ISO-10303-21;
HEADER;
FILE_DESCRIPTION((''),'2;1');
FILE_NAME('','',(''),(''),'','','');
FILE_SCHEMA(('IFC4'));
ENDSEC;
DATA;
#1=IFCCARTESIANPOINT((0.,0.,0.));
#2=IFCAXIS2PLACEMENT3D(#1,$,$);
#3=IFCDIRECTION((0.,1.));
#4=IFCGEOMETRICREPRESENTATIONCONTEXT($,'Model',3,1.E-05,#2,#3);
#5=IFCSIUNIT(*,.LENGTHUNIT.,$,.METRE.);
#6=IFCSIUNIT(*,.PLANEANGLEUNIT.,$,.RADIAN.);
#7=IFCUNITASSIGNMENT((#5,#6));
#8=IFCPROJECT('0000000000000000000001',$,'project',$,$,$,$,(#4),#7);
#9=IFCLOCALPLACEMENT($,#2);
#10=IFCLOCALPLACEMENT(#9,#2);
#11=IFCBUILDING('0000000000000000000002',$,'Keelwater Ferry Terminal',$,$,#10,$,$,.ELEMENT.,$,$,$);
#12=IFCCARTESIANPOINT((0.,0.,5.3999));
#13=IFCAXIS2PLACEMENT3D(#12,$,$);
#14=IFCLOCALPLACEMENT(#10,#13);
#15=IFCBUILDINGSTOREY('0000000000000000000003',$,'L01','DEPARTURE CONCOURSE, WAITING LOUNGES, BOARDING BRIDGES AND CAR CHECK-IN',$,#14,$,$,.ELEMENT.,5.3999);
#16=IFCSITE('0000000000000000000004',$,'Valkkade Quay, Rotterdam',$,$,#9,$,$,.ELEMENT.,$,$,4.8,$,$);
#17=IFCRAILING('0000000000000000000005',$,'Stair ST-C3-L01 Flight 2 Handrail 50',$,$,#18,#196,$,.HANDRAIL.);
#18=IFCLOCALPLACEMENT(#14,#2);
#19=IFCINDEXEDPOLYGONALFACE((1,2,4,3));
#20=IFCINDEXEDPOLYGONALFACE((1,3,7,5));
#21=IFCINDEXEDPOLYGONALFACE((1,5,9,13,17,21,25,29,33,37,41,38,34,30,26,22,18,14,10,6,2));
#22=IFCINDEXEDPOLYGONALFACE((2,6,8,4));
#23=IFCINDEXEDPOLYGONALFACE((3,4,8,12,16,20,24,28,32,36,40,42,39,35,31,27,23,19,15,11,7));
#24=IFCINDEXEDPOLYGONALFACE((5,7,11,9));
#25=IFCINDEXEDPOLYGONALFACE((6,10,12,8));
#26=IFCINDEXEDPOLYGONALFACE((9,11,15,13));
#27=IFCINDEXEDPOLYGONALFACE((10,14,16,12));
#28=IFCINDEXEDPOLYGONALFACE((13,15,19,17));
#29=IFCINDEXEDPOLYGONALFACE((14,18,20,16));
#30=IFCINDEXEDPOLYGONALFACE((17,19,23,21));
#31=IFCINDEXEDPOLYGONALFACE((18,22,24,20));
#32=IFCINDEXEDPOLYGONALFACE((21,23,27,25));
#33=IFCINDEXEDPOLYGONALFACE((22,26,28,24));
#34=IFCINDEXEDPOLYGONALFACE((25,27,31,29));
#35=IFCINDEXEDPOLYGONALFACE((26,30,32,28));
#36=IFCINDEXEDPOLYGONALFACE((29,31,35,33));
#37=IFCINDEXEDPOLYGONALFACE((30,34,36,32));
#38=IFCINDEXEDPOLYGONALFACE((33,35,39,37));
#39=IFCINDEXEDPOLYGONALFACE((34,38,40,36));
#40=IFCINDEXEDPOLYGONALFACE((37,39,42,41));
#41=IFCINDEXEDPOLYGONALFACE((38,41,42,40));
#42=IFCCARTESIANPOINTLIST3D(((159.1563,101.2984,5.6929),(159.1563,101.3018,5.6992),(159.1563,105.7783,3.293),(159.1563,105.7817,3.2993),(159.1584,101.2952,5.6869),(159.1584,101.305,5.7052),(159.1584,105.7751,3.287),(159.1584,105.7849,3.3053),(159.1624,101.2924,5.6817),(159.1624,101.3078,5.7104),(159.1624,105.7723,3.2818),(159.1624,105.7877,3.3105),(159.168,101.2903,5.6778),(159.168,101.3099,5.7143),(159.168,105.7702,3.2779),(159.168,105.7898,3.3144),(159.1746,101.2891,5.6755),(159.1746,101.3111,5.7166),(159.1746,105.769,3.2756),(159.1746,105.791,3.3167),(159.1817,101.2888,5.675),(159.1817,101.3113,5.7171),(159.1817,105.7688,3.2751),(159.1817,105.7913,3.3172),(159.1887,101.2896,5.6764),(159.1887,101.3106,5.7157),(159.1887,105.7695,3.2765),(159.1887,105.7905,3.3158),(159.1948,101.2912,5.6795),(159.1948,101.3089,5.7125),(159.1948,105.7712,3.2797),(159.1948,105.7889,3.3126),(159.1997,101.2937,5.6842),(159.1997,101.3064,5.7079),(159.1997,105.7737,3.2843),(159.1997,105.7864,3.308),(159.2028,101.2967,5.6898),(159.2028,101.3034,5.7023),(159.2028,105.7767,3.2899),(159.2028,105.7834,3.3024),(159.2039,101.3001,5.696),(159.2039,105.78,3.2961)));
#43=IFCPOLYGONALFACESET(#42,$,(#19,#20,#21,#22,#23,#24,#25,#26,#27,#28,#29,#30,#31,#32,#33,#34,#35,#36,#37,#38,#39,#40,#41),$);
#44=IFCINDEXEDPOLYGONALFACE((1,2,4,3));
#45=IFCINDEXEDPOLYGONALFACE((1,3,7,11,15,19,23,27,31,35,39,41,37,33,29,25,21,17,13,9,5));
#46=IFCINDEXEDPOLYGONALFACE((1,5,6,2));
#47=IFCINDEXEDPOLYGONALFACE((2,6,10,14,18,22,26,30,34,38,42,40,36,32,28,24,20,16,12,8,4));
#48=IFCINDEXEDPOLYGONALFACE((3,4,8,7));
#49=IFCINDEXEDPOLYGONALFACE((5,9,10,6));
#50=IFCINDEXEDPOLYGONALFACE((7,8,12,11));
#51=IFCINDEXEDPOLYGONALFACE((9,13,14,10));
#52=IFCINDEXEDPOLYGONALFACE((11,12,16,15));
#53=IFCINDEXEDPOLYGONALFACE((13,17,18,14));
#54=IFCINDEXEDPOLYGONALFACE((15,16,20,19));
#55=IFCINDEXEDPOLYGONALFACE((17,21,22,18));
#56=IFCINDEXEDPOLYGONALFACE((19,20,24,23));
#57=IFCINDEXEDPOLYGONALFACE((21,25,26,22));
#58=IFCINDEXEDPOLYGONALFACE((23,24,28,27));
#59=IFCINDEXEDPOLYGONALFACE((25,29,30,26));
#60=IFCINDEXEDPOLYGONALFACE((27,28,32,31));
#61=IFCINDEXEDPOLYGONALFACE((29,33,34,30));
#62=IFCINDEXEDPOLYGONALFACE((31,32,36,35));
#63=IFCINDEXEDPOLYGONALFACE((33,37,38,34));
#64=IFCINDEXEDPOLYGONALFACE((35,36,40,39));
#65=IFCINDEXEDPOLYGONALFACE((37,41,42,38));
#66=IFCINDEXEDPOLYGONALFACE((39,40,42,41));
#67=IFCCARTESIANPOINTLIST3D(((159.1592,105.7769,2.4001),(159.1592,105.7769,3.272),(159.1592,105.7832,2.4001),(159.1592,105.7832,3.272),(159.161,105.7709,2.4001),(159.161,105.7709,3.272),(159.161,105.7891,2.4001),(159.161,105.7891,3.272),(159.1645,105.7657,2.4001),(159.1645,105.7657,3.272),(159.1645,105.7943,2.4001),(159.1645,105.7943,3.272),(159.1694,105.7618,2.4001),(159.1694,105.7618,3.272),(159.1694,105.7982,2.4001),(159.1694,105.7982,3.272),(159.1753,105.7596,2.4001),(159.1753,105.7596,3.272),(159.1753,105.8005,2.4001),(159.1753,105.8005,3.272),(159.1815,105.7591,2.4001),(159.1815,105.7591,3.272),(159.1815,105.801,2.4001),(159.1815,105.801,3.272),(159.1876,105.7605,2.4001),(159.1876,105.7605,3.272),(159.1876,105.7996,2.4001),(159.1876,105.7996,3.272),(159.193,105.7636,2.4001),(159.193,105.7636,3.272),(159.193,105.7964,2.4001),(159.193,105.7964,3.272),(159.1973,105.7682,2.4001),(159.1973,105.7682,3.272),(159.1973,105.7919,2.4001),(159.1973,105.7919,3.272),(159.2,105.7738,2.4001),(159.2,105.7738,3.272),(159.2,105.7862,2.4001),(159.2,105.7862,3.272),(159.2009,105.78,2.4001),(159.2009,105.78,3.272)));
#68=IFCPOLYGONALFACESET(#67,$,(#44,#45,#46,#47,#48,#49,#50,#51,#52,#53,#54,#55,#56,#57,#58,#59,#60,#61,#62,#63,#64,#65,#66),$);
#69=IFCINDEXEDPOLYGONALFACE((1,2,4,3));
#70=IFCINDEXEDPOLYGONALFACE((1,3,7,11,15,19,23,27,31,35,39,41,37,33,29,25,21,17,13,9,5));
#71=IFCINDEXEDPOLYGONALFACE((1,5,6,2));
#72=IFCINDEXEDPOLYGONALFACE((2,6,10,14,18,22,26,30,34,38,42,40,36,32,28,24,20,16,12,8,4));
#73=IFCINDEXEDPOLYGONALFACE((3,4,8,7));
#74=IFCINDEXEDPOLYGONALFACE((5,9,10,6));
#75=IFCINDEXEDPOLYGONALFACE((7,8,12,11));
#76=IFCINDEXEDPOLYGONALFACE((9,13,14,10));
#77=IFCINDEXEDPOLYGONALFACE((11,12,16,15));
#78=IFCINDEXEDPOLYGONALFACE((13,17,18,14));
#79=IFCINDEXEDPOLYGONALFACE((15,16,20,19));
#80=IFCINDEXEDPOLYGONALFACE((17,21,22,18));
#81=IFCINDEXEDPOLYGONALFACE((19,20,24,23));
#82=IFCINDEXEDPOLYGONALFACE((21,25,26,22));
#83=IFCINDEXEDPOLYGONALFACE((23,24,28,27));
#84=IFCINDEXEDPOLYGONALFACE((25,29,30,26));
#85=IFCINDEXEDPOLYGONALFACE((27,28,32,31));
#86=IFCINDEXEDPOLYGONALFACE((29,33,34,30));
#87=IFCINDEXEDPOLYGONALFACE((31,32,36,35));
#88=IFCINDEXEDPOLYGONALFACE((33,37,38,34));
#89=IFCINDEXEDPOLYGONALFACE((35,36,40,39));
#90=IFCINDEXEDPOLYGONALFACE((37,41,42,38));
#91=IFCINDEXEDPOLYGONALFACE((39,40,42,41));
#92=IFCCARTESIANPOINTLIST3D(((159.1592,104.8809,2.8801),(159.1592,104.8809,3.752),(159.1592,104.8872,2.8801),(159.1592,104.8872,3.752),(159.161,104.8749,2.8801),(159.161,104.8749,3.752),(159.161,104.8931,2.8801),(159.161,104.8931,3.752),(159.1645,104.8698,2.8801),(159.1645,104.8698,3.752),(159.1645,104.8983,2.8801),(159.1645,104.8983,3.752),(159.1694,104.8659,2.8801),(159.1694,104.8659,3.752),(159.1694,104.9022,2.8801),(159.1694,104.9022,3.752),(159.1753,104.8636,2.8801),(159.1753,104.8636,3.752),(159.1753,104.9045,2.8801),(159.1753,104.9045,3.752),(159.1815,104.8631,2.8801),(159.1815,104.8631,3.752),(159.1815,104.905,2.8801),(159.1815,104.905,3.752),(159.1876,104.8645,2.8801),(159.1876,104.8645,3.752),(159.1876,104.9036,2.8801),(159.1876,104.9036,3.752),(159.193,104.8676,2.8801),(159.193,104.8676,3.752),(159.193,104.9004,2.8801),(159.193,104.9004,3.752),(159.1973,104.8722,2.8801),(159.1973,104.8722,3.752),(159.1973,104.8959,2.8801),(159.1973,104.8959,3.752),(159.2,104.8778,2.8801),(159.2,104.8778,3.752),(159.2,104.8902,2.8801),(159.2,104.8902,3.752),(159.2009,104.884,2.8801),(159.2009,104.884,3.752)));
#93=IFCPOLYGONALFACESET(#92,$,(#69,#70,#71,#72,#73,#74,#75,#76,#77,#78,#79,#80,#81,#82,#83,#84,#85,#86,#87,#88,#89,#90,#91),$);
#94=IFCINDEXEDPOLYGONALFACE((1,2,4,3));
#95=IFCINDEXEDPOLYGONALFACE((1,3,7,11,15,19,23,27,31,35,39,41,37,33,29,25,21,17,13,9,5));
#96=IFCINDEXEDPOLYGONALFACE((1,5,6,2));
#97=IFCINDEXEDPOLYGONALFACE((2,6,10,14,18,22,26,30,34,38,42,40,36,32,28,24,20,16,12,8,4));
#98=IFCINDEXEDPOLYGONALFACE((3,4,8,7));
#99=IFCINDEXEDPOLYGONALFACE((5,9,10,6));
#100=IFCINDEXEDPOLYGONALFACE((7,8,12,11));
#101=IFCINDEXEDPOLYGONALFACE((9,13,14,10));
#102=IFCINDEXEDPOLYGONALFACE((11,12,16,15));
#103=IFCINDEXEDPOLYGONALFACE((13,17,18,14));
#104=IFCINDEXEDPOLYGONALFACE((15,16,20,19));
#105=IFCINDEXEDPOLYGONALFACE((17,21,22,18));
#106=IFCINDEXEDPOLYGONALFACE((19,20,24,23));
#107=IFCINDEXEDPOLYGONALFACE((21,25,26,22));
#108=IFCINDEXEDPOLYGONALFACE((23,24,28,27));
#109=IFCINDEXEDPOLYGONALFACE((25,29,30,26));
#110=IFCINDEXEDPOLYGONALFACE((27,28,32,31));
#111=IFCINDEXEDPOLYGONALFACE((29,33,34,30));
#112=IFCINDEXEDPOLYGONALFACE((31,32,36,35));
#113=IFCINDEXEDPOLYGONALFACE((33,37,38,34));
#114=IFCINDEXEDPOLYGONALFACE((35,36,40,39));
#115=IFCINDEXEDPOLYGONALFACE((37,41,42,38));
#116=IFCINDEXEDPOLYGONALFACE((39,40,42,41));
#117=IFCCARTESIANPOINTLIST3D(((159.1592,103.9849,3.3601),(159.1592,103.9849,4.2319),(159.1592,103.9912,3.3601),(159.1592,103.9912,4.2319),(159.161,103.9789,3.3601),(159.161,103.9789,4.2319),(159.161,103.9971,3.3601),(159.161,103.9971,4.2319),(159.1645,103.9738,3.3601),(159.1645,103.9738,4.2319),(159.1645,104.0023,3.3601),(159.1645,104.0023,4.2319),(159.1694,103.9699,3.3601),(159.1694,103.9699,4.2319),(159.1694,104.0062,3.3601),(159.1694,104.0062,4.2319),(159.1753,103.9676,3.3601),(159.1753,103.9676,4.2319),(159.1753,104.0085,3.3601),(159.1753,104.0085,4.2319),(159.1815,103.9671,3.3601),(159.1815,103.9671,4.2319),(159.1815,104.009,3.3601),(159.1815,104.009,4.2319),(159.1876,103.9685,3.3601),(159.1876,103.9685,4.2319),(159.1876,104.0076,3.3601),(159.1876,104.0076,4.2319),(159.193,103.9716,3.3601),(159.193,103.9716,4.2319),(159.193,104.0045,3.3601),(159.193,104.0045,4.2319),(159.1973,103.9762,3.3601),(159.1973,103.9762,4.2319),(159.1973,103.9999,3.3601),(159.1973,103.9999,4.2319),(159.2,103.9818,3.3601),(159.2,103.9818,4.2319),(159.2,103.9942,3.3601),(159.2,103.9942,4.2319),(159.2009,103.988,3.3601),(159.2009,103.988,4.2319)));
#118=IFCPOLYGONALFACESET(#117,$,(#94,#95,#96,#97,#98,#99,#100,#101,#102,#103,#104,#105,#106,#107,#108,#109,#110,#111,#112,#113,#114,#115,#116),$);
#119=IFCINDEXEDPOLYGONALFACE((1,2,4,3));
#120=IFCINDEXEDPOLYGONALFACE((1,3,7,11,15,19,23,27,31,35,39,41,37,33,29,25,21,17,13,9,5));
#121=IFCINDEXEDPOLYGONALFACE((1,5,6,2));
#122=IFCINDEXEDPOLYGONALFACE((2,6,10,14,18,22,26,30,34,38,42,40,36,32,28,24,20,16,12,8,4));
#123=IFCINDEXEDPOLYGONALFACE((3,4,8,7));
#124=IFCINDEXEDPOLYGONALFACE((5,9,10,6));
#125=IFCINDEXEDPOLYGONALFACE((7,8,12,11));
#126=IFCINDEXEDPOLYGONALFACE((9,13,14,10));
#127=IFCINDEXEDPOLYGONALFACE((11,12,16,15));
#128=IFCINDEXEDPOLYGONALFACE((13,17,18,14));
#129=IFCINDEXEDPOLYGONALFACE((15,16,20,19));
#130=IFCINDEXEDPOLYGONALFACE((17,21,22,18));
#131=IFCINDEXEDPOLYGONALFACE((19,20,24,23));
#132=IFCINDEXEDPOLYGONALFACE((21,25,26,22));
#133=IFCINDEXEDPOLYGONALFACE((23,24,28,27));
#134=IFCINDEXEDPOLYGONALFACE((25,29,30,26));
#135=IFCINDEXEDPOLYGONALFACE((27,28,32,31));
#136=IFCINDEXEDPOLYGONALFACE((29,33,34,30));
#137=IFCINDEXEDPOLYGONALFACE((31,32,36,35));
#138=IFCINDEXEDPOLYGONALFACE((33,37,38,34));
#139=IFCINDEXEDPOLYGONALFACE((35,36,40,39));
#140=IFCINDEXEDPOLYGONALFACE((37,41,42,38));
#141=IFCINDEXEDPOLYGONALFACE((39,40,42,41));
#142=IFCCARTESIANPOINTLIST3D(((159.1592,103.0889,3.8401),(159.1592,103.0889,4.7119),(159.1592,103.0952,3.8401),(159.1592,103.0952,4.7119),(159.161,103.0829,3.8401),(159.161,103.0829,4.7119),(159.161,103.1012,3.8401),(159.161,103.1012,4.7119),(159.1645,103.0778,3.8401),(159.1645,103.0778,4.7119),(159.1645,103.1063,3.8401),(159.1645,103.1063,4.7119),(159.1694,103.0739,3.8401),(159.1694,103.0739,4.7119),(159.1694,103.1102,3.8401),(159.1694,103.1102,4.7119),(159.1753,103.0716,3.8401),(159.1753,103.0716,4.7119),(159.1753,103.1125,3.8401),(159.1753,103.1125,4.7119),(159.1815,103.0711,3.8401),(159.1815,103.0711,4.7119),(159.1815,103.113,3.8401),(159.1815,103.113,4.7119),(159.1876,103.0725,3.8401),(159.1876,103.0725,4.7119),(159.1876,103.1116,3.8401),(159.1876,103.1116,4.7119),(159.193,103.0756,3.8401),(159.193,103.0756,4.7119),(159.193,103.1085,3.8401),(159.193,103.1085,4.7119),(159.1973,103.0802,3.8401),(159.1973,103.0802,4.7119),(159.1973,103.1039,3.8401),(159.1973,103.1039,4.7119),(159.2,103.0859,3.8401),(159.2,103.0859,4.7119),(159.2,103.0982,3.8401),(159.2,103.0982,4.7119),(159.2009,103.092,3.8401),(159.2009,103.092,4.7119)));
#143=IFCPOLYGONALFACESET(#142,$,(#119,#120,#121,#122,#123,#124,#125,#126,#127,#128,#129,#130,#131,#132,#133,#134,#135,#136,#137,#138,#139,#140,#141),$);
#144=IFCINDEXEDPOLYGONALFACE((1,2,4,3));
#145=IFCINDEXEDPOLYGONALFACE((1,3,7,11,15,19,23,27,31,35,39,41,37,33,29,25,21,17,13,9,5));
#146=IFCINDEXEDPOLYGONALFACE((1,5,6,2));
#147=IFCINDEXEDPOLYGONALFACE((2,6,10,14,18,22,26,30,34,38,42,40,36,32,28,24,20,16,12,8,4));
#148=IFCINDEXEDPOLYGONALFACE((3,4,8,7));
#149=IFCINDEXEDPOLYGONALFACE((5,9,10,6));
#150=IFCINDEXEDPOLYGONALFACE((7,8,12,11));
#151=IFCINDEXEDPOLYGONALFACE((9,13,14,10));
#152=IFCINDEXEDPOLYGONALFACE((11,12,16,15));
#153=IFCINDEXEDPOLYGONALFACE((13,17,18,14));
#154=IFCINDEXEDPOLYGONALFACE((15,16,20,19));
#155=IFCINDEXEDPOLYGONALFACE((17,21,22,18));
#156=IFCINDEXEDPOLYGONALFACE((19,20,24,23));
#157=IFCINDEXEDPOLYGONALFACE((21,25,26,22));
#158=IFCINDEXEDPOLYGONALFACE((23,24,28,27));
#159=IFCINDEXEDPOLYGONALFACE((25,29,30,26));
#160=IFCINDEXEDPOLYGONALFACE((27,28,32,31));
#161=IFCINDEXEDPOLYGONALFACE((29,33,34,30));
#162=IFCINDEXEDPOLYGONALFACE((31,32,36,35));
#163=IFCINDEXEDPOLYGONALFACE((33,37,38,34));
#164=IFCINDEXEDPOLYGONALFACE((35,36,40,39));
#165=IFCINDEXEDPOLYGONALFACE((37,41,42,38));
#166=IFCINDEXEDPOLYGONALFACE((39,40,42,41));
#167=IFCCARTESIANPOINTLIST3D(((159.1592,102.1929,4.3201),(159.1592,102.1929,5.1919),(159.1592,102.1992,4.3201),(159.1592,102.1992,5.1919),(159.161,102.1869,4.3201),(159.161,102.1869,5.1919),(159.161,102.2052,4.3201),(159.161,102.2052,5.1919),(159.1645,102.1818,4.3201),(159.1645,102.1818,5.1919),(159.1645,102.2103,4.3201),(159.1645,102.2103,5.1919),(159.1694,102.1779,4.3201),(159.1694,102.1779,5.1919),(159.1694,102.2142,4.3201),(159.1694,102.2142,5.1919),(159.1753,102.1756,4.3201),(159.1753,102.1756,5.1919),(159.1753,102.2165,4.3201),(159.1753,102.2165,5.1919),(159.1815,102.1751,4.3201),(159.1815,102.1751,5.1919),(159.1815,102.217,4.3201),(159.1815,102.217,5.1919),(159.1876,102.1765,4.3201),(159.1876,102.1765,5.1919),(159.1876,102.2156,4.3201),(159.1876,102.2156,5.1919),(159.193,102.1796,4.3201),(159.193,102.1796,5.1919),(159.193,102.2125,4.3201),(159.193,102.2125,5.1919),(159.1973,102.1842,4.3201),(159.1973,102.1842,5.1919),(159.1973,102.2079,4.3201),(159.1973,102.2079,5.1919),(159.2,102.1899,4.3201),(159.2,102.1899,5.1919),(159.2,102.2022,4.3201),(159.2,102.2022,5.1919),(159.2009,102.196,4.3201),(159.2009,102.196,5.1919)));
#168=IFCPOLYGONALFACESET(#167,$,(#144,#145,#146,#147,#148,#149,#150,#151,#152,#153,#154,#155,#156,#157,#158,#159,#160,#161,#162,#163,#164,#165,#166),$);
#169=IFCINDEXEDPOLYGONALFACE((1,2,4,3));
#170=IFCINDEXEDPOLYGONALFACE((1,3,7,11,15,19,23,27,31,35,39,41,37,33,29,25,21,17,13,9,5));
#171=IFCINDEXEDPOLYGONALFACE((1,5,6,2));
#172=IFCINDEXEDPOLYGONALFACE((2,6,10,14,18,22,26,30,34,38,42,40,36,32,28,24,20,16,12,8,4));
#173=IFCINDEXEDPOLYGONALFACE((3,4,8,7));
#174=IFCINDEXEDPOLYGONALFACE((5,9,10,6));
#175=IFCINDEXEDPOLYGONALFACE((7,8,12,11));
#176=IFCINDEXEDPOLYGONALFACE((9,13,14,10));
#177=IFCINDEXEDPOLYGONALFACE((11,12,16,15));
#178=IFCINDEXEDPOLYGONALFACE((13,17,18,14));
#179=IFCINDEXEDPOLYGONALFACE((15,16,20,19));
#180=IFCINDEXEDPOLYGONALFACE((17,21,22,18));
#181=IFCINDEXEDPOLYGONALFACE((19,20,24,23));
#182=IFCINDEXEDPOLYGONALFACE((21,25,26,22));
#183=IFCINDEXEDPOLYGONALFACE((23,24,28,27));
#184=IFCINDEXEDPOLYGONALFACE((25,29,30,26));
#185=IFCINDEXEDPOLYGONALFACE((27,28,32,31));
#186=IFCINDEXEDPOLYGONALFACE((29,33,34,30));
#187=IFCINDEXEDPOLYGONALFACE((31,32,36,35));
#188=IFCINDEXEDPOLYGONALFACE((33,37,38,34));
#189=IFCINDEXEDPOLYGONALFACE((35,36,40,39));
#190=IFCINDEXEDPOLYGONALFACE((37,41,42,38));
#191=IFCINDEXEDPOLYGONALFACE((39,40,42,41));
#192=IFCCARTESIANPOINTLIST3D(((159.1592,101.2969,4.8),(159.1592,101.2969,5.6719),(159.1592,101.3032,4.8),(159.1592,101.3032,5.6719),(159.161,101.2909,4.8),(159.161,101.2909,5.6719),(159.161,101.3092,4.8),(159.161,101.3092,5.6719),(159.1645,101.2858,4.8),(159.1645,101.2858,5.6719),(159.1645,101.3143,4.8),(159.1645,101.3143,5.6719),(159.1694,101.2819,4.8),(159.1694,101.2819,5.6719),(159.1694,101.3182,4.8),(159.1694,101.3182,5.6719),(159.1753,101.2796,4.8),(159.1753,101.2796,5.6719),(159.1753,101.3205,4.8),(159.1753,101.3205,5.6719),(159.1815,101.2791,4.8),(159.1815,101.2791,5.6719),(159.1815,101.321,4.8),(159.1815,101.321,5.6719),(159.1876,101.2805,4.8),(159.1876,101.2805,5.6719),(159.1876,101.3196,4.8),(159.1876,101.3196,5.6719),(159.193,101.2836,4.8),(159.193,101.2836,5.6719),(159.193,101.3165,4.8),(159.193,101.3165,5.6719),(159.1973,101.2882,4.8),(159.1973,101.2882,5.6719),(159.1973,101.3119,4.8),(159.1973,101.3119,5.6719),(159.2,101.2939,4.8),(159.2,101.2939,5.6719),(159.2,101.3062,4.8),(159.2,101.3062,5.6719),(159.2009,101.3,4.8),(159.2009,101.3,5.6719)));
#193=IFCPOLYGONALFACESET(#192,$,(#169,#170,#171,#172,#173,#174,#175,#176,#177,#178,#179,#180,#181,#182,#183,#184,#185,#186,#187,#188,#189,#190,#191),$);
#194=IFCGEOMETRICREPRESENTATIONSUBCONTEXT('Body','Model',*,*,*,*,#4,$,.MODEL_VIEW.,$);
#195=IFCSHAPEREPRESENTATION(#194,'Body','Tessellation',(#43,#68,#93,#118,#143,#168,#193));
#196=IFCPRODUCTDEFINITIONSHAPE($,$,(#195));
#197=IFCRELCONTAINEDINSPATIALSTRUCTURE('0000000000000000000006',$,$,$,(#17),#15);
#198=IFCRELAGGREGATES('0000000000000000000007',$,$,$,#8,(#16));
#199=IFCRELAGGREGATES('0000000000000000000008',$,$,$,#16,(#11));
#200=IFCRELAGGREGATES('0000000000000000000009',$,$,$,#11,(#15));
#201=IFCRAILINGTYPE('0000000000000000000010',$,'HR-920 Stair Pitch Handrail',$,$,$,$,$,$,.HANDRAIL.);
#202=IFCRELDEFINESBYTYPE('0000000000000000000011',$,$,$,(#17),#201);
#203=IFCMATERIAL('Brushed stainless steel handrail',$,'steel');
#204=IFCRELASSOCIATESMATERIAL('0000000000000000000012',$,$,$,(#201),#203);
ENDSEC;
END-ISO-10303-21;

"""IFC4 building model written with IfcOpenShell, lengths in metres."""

from ifc_helpers import new_model, si_unit, direction, frame, origin, origin_2d, place, context, subcontext, project, spatial, circle, extrude, material, type_object, element, save


model = new_model("IFC4")

# Units and contexts
model_context = context("Model", 3, precision=1e-05, world=origin(), true_north=direction((0.0, 1.0)))
body_context = subcontext(model_context, "Body", "Model", "MODEL_VIEW")
ifc_project = project(units=[si_unit("LENGTHUNIT", "METRE"), si_unit("PLANEANGLEUNIT", "RADIAN")], contexts=[model_context])

# Site, building, storey
site_placement = place(None, origin())
site = spatial("IfcSite", under=ifc_project, at=site_placement, Name="Valkkade Quay, Rotterdam", CompositionType="ELEMENT", RefElevation=4.8)
building_placement = place(site_placement, origin())
building = spatial("IfcBuilding", under=site, at=building_placement, Name="Keelwater Ferry Terminal", CompositionType="ELEMENT")
storey_placement = place(building_placement, frame((0.0, 0.0, 5.3999)))
storey = spatial("IfcBuildingStorey", under=building, at=storey_placement, Name="L01", Description="DEPARTURE CONCOURSE, WAITING LOUNGES, BOARDING BRIDGES AND CAR CHECK-IN", CompositionType="ELEMENT", Elevation=5.3999)

# Railing
ifc_material_1 = material(Name="Brushed stainless steel handrail", Category="steel")
railing_type_1 = type_object("IfcRailingType", Name="HR-920 Stair Pitch Handrail", PredefinedType="HANDRAIL", material=ifc_material_1)
railing_1_placement = place(storey_placement, frame((159.1799, 105.78, 2.4001)))
element("IfcRailing", 1, at=railing_1_placement, inside=storey, type_object=railing_type_1, Name="Stair ST-C3-L01 Flight 2 Handrail 50", PredefinedType="HANDRAIL", context=body_context, shape_type="SweptSolid", body=[
    extrude(circle(Radius=0.0239, at=origin_2d()), frame((0.0, 0.0, 0.896), z_axis=(0.0, -0.881487, 0.472208), x_axis=(1.0, 0.0, 0.0)), (0.0, 0.0, 1.0), 5.0823),
    extrude(circle(Radius=0.021, at=origin_2d()), origin(), (0.0, 0.0, 1.0), 0.8718),
    extrude(circle(Radius=0.021, at=origin_2d()), frame((0.0, -0.896, 0.48)), (0.0, 0.0, 1.0), 0.8718),
    extrude(circle(Radius=0.021, at=origin_2d()), frame((0.0, -1.792, 0.96)), (0.0, 0.0, 1.0), 0.8718),
    extrude(circle(Radius=0.021, at=origin_2d()), frame((0.0, -2.688, 1.4399)), (0.0, 0.0, 1.0), 0.8718),
    extrude(circle(Radius=0.021, at=origin_2d()), frame((0.0, -3.584, 1.9199)), (0.0, 0.0, 1.0), 0.8718),
    extrude(circle(Radius=0.021, at=origin_2d()), frame((0.0, -4.48, 2.3999)), (0.0, 0.0, 1.0), 0.8718),
])

save(model, "model.ifc")
